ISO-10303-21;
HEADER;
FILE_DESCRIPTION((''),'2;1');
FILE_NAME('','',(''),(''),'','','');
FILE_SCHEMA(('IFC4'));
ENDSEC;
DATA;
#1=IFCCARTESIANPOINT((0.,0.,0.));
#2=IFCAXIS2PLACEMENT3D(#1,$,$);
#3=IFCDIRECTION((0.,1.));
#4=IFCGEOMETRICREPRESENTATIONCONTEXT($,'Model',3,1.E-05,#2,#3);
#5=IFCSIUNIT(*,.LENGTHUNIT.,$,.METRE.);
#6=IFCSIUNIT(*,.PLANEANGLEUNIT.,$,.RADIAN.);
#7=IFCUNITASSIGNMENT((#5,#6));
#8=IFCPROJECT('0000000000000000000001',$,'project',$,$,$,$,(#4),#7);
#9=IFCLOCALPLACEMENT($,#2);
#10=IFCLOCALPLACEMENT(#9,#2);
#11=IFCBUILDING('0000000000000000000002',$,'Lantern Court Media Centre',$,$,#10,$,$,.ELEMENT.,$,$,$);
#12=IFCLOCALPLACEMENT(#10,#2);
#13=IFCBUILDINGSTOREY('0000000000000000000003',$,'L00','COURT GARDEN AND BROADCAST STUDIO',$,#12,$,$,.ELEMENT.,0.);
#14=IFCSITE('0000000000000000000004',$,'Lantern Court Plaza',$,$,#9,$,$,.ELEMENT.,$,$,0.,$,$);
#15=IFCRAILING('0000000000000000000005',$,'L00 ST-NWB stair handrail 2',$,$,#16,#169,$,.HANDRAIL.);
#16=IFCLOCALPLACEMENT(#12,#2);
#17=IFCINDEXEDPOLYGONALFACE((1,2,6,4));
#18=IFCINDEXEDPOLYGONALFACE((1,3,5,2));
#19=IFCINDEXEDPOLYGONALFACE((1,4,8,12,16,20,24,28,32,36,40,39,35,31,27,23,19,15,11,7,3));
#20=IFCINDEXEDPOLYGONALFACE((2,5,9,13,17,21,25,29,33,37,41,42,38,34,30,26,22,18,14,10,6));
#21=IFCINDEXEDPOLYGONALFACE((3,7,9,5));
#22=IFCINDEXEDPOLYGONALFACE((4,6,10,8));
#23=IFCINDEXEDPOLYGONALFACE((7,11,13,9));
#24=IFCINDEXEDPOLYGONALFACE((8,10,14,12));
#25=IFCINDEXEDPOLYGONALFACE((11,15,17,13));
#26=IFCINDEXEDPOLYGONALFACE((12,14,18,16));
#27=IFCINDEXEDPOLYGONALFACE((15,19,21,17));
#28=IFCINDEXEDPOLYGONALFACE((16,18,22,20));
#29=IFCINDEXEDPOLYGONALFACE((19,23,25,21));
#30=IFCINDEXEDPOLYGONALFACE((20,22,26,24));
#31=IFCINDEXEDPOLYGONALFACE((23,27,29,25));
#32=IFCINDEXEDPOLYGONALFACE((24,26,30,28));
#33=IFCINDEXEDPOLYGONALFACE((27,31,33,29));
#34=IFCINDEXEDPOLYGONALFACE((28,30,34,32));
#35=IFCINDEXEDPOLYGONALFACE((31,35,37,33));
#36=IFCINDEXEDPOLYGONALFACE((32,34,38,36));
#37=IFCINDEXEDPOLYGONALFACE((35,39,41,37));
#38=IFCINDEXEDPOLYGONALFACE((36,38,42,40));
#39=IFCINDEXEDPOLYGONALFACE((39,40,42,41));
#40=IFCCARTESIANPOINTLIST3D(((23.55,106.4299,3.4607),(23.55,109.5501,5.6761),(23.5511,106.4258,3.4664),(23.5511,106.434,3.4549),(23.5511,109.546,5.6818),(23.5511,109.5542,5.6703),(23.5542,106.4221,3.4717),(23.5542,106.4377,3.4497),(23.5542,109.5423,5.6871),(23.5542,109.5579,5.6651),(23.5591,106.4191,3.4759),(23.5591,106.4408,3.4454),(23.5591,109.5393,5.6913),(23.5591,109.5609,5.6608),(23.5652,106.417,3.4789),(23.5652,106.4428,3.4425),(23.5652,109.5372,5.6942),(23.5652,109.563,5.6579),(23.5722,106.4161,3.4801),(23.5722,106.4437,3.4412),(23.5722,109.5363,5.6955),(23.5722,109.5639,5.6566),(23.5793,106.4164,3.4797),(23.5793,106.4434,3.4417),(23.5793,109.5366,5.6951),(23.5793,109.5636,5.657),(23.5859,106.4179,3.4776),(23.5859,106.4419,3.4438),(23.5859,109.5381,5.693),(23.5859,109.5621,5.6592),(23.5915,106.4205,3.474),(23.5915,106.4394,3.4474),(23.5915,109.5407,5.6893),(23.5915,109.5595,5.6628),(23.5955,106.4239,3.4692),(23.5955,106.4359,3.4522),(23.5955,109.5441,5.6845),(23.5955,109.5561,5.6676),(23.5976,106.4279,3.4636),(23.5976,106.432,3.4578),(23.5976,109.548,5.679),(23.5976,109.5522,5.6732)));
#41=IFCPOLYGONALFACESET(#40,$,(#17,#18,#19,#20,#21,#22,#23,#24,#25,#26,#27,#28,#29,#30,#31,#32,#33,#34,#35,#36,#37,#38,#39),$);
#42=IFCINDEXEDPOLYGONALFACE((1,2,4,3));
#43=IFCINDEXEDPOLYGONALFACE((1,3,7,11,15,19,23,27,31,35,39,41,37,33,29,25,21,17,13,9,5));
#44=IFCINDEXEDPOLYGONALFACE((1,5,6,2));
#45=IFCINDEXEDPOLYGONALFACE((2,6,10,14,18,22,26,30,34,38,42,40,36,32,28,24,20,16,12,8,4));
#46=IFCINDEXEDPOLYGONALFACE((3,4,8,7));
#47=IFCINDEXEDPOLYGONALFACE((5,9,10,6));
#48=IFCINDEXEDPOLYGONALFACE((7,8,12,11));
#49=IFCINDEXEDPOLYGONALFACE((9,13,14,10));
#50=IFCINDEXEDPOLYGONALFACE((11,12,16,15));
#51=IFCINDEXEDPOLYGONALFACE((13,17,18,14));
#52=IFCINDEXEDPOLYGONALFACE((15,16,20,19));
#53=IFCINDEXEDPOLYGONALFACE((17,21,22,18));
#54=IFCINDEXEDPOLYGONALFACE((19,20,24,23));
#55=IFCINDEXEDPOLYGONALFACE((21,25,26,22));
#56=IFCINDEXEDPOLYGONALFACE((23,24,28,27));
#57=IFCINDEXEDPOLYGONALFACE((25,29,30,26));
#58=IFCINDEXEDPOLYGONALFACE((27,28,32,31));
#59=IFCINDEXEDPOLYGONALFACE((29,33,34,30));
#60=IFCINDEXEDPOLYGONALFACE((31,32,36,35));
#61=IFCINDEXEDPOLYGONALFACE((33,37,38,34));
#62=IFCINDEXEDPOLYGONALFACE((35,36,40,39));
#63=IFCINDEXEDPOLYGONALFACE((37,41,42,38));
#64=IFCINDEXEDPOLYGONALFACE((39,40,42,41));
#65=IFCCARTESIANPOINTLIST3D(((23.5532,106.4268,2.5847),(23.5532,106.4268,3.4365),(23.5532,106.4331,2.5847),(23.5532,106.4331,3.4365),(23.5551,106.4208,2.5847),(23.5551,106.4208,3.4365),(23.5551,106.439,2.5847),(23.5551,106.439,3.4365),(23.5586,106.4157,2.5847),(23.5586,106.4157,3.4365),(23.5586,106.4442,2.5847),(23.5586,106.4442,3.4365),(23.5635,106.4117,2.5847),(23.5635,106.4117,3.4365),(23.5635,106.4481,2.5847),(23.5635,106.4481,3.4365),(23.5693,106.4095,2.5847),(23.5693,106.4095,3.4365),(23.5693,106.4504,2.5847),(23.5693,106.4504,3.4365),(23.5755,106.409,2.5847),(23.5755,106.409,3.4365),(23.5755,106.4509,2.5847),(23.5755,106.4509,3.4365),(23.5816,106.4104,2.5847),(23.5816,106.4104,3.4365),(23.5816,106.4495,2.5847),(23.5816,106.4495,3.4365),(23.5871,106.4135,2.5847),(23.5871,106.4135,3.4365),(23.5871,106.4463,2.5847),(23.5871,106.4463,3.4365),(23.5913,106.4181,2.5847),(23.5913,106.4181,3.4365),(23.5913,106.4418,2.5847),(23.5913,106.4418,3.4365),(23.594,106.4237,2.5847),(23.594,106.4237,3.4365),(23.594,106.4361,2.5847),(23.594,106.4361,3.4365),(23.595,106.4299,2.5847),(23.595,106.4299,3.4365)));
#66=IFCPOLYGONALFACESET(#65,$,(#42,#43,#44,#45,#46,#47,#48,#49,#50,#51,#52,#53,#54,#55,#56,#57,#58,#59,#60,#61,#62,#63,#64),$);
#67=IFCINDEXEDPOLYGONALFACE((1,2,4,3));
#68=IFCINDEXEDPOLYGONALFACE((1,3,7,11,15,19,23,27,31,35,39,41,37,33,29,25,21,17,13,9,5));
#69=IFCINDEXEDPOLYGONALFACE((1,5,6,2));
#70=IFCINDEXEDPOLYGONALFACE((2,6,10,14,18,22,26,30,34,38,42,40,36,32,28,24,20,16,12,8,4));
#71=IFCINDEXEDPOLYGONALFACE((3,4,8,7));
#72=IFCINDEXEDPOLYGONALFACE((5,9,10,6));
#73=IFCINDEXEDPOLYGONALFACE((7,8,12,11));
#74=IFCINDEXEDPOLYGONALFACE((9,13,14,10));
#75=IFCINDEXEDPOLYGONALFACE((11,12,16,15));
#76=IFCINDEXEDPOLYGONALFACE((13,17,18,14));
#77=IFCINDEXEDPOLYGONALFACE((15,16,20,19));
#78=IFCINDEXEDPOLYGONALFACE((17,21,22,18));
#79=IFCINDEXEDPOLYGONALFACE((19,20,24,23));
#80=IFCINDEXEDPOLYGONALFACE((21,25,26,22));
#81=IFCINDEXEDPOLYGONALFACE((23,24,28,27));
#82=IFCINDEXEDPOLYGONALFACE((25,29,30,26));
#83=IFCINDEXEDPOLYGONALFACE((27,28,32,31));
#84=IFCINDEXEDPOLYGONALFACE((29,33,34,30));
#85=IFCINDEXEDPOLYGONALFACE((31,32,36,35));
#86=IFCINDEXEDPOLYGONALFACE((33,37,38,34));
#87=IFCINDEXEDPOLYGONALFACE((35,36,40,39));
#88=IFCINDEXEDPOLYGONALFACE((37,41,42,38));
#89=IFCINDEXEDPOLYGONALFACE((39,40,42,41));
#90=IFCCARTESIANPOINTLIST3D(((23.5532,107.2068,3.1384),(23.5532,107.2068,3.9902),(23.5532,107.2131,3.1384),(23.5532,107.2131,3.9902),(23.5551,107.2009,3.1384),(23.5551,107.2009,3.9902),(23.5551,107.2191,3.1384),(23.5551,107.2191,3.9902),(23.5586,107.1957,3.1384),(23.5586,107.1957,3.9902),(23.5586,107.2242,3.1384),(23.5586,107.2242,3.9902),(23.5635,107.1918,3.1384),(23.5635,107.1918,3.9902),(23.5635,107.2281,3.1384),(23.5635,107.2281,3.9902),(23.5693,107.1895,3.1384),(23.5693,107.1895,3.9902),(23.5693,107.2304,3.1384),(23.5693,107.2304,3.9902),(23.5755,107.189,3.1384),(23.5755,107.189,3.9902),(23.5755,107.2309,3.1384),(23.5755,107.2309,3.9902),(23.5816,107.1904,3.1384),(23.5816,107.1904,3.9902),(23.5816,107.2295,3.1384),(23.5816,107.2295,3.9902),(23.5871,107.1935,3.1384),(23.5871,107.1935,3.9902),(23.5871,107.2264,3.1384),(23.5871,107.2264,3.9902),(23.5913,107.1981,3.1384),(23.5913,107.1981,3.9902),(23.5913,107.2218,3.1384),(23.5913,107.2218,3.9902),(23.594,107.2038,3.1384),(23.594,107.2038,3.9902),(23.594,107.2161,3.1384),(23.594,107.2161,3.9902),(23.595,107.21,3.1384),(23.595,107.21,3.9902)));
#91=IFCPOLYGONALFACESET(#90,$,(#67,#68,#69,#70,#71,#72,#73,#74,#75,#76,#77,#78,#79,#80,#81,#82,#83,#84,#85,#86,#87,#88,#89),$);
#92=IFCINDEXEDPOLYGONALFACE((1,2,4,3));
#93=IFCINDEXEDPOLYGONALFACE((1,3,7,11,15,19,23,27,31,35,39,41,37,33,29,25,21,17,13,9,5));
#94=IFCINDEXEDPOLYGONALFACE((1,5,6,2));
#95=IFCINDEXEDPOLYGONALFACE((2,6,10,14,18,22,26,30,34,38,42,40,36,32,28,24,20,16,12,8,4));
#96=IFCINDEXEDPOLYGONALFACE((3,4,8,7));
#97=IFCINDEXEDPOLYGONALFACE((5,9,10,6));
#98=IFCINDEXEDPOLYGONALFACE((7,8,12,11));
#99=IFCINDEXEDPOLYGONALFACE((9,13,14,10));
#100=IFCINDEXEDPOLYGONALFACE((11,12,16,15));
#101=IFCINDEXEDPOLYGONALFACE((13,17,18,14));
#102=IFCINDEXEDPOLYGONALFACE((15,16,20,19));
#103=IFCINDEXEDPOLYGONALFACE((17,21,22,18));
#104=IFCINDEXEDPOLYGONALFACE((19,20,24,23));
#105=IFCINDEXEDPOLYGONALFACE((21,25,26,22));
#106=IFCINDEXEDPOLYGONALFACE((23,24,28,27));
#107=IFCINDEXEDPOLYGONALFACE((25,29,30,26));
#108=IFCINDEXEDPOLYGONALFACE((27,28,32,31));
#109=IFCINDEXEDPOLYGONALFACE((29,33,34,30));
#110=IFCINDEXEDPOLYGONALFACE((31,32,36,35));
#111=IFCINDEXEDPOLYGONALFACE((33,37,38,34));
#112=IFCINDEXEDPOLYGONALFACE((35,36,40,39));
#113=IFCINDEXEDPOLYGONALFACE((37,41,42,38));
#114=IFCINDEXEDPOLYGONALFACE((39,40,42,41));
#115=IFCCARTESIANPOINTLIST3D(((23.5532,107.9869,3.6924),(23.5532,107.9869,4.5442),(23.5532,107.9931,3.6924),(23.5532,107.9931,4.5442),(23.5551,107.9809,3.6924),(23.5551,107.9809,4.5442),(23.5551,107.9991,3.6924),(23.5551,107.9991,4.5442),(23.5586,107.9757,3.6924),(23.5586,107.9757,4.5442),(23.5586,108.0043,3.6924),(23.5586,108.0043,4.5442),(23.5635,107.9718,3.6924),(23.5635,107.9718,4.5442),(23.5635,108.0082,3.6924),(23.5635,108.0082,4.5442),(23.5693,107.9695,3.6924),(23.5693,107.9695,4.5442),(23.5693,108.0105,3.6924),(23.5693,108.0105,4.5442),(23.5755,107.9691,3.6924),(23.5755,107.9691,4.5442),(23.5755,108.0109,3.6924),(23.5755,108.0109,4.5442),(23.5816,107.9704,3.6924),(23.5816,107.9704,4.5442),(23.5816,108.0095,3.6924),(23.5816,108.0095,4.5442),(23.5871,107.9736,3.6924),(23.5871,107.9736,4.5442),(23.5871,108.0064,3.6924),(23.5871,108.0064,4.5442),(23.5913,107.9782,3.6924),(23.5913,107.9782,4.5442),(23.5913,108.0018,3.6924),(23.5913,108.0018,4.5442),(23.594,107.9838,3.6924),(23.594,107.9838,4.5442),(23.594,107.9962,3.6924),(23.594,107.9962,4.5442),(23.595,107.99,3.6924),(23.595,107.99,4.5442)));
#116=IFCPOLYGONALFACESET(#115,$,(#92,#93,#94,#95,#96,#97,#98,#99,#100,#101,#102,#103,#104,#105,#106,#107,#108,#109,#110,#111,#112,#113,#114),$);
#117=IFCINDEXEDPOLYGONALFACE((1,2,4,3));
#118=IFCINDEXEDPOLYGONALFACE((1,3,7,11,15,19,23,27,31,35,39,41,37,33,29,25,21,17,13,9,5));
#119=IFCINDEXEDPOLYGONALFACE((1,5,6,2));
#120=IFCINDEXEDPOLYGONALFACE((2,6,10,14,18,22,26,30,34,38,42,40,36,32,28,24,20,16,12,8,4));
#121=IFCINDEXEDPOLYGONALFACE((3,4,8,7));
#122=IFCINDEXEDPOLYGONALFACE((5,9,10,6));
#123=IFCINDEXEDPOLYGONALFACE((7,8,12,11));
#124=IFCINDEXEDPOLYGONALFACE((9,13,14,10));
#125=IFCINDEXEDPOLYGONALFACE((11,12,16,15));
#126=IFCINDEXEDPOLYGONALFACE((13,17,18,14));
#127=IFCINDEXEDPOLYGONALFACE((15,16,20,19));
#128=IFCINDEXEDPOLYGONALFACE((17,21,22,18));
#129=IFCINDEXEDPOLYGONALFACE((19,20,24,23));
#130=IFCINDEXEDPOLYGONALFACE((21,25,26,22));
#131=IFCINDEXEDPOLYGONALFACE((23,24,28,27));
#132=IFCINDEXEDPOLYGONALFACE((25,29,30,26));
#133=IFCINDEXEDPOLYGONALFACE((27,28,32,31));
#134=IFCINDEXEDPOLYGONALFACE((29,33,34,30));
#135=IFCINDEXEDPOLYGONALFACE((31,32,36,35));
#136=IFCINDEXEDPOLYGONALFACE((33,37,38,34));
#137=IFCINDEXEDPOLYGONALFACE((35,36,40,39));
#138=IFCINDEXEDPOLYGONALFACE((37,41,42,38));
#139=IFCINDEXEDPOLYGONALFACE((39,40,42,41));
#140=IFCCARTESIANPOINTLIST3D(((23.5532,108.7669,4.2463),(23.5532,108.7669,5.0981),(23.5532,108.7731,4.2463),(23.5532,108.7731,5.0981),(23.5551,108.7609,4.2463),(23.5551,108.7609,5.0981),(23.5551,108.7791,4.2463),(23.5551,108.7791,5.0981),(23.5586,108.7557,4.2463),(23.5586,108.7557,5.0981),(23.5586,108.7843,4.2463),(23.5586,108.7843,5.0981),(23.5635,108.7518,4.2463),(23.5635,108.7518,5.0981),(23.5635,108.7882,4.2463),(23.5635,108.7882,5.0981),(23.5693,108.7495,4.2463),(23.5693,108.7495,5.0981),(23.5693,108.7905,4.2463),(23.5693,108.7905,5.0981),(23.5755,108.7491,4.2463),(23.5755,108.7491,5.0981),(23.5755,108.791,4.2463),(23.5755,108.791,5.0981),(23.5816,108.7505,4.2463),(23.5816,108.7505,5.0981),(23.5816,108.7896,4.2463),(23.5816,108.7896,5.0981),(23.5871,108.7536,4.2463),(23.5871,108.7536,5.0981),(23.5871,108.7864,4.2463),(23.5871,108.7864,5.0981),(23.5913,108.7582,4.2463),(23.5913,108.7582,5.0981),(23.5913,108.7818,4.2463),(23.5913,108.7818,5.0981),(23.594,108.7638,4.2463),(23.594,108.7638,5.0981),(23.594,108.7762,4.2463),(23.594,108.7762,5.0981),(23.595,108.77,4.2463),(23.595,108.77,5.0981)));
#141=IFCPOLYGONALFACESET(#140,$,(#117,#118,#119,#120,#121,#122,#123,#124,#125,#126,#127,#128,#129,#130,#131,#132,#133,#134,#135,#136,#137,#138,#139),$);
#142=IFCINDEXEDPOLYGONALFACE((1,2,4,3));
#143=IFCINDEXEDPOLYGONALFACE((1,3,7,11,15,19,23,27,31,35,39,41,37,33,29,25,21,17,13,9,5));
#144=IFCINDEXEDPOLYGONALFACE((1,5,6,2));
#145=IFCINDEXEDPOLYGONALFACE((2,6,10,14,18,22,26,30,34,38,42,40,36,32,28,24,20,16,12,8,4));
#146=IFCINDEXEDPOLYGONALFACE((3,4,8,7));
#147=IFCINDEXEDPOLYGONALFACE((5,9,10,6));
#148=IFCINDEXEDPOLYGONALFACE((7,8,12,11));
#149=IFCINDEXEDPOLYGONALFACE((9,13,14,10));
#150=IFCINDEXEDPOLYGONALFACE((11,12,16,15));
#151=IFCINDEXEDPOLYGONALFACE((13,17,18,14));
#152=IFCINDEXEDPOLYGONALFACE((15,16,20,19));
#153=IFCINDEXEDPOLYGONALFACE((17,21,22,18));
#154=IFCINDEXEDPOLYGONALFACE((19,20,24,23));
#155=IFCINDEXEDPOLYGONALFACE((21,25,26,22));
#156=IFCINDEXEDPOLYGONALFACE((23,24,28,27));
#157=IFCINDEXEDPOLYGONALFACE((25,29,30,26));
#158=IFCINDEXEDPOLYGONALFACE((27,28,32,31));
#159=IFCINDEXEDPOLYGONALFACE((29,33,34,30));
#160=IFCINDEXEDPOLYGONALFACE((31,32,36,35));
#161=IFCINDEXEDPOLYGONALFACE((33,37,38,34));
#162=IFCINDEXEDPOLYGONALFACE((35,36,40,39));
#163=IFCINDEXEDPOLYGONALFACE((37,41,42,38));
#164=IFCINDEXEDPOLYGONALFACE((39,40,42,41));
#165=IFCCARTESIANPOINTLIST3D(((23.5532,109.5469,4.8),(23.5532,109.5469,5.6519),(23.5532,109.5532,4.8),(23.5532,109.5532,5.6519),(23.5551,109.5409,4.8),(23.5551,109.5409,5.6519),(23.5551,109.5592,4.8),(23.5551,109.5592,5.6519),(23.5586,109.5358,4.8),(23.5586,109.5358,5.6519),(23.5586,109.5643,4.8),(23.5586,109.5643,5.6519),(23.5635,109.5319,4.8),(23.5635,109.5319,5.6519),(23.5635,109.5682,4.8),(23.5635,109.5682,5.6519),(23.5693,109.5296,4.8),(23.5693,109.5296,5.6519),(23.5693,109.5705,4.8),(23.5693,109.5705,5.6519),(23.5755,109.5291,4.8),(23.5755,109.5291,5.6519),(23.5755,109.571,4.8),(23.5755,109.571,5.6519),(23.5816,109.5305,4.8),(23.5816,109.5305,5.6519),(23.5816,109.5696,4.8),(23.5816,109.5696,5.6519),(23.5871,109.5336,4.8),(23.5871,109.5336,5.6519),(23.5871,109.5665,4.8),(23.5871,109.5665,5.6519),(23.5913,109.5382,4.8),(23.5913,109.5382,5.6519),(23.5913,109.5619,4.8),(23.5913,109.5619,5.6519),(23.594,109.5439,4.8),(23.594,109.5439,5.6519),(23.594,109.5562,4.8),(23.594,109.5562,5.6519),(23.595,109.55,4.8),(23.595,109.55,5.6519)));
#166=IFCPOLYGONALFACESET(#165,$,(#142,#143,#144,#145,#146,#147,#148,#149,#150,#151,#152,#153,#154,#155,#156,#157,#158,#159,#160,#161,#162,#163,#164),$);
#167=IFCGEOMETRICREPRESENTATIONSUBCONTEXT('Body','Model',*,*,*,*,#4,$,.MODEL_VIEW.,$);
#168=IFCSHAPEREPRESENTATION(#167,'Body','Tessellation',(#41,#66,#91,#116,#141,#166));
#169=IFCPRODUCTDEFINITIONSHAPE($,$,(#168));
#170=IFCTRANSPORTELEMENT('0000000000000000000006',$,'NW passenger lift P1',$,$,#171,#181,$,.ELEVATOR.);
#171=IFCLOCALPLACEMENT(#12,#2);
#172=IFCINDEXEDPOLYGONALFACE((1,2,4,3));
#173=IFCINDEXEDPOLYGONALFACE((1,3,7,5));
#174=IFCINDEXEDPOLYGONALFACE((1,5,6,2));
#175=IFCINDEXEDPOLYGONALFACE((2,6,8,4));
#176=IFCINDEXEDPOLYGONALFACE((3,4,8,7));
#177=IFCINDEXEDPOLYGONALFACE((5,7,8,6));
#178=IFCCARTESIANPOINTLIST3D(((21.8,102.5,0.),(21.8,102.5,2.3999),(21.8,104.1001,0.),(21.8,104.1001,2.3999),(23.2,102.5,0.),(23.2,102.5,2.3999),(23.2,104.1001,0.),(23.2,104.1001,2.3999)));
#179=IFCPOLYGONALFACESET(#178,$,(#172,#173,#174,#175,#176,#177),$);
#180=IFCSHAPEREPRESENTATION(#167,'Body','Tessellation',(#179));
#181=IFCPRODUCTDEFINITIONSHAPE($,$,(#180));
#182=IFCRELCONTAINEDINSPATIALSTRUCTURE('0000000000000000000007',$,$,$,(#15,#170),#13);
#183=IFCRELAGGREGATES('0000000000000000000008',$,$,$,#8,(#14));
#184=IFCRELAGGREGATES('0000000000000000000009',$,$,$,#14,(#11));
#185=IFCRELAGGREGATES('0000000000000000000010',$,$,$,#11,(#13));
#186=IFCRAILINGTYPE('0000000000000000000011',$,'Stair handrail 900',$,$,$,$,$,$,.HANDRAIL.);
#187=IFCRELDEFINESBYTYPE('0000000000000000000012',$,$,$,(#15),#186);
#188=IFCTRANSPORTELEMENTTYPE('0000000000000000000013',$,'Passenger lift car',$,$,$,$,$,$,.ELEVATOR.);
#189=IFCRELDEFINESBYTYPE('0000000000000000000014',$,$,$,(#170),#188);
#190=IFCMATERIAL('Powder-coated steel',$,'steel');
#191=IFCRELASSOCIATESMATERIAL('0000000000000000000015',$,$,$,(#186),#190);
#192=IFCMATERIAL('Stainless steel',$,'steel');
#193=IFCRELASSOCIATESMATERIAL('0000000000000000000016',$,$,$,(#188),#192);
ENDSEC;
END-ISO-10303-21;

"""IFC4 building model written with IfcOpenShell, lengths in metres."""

from ifc_helpers import new_model, si_unit, direction, frame, origin, origin_2d, place, context, subcontext, project, spatial, rectangle, circle, extrude, material, type_object, element, save


model = new_model("IFC4")

# Units and contexts
model_context = context("Model", 3, precision=1e-05, world=origin(), true_north=direction((0.0, 1.0)))
body_context = subcontext(model_context, "Body", "Model", "MODEL_VIEW")
ifc_project = project(units=[si_unit("LENGTHUNIT", "METRE"), si_unit("PLANEANGLEUNIT", "RADIAN")], contexts=[model_context])

# Site, building, storey
site_placement = place(None, origin())
site = spatial("IfcSite", under=ifc_project, at=site_placement, Name="Lantern Court Plaza", CompositionType="ELEMENT", RefElevation=0.0)
building_placement = place(site_placement, origin())
building = spatial("IfcBuilding", under=site, at=building_placement, Name="Lantern Court Media Centre", CompositionType="ELEMENT")
storey_placement = place(building_placement, origin())
storey = spatial("IfcBuildingStorey", under=building, at=storey_placement, Name="L00", Description="COURT GARDEN AND BROADCAST STUDIO", CompositionType="ELEMENT", Elevation=0.0)

# Railing
ifc_material_1 = material(Name="Powder-coated steel", Category="steel")
railing_type_1 = type_object("IfcRailingType", Name="Stair handrail 900", PredefinedType="HANDRAIL", material=ifc_material_1)
railing_1_placement = place(storey_placement, frame((23.574, 106.4299, 2.5847)))
element("IfcRailing", 1, at=railing_1_placement, inside=storey, type_object=railing_type_1, Name="L00 ST-NWB stair handrail 2", PredefinedType="HANDRAIL", context=body_context, shape_type="SweptSolid", body=[
    extrude(circle(Radius=0.0239, at=origin_2d()), frame((0.0, 0.0, 0.876), z_axis=(0.0, 0.815377, 0.57893), x_axis=(-1.0, 0.0, 0.0)), (0.0, 0.0, 1.0), 3.8267),
    extrude(circle(Radius=0.021, at=origin_2d()), origin(), (0.0, 0.0, 1.0), 0.8518),
    extrude(circle(Radius=0.021, at=origin_2d()), frame((0.0, 0.78, 0.5537)), (0.0, 0.0, 1.0), 0.8518),
    extrude(circle(Radius=0.021, at=origin_2d()), frame((0.0, 1.5601, 1.1077)), (0.0, 0.0, 1.0), 0.8518),
    extrude(circle(Radius=0.021, at=origin_2d()), frame((0.0, 2.3401, 1.6616)), (0.0, 0.0, 1.0), 0.8518),
    extrude(circle(Radius=0.021, at=origin_2d()), frame((0.0, 3.1201, 2.2153)), (0.0, 0.0, 1.0), 0.8518),
])

# Transport element
ifc_material_2 = material(Name="Stainless steel", Category="steel")
transport_element_type = type_object("IfcTransportElementType", Name="Passenger lift car", PredefinedType="ELEVATOR", material=ifc_material_2)
transport_element_placement = place(storey_placement, frame((22.5, 103.3, 0.0), z_axis=(0.0, 0.0, 1.0), x_axis=(1.0, 0.0, 0.0)))
element("IfcTransportElement", 2, at=transport_element_placement, inside=storey, type_object=transport_element_type, Name="NW passenger lift P1", PredefinedType="ELEVATOR", context=body_context, shape_type="SweptSolid", body=[
    extrude(rectangle(XDim=1.3999, YDim=1.6001, at=origin_2d()), origin(), (0.0, 0.0, 1.0), 2.3999),
])

save(model, "model.ifc")
